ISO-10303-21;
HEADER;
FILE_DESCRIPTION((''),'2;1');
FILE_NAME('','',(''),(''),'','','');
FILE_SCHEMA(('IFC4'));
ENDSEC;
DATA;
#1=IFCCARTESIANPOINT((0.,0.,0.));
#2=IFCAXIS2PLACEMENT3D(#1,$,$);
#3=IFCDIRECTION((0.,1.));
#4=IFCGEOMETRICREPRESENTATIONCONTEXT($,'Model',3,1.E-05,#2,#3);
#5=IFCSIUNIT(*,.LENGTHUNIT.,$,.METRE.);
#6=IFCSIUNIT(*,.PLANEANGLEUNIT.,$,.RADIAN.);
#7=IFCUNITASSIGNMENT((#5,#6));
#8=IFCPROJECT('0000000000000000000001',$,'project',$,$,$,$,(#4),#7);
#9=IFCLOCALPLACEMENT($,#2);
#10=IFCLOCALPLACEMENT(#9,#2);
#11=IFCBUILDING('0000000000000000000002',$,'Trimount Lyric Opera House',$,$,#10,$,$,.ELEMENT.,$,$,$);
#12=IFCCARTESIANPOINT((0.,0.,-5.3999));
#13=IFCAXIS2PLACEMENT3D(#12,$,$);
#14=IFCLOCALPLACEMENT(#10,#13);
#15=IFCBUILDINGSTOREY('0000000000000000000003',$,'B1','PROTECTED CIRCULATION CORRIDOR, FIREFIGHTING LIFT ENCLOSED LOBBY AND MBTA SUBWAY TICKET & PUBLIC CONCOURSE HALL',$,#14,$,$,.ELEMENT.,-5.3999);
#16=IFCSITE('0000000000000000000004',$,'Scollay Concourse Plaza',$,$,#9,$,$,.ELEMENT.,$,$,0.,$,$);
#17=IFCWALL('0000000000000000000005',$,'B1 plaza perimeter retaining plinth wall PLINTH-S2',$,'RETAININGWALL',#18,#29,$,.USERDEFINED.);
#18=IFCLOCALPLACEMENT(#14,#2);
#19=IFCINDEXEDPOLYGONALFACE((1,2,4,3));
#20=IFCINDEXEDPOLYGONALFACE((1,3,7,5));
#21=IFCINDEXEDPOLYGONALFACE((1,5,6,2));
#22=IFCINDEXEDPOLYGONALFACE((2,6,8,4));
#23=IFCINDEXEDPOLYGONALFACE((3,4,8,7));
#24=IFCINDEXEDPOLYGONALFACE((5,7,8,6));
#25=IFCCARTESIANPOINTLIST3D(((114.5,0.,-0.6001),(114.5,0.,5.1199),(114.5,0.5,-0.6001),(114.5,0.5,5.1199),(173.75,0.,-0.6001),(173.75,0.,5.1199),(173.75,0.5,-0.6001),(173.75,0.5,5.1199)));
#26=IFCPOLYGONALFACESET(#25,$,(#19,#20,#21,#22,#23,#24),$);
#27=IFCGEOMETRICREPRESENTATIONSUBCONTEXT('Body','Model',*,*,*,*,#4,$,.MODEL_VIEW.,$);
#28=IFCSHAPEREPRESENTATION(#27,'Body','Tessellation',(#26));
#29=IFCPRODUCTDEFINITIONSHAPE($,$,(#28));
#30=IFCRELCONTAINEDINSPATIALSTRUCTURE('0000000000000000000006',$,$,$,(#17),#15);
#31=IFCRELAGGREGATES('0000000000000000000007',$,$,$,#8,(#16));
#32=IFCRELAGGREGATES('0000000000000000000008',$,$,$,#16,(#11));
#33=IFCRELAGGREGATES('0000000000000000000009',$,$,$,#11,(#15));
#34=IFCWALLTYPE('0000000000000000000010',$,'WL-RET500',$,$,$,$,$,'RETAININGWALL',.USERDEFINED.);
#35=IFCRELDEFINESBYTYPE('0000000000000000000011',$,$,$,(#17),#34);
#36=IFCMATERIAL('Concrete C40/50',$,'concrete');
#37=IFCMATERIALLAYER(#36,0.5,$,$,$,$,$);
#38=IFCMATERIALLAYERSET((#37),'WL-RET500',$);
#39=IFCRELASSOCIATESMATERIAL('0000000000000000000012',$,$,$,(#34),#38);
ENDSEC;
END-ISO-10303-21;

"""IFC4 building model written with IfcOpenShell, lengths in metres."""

from ifc_helpers import new_model, si_unit, direction, frame, frame_2d, origin, place, context, subcontext, project, spatial, rectangle, extrude, material, layer, layer_set, type_object, element, save


model = new_model("IFC4")

# Units and contexts
model_context = context("Model", 3, precision=1e-05, world=origin(), true_north=direction((0.0, 1.0)))
body_context = subcontext(model_context, "Body", "Model", "MODEL_VIEW")
ifc_project = project(units=[si_unit("LENGTHUNIT", "METRE"), si_unit("PLANEANGLEUNIT", "RADIAN")], contexts=[model_context])

# Site, building, storey
site_placement = place(None, origin())
site = spatial("IfcSite", under=ifc_project, at=site_placement, Name="Scollay Concourse Plaza", CompositionType="ELEMENT", RefElevation=0.0)
building_placement = place(site_placement, origin())
building = spatial("IfcBuilding", under=site, at=building_placement, Name="Trimount Lyric Opera House", CompositionType="ELEMENT")
storey_placement = place(building_placement, frame((0.0, 0.0, -5.3999)))
storey = spatial("IfcBuildingStorey", under=building, at=storey_placement, Name="B1", Description="PROTECTED CIRCULATION CORRIDOR, FIREFIGHTING LIFT ENCLOSED LOBBY AND MBTA SUBWAY TICKET & PUBLIC CONCOURSE HALL", CompositionType="ELEMENT", Elevation=-5.3999)

# Wall
ifc_material_1 = material(Name="Concrete C40/50", Category="concrete")
ifc_layer = layer(ifc_material_1, 0.5)
ifc_layer_set = layer_set([ifc_layer], Name="WL-RET500")
wall_type = type_object("IfcWallType", Name="WL-RET500", ElementType="RETAININGWALL", PredefinedType="USERDEFINED", material=ifc_layer_set)
wall_placement = place(storey_placement, frame((114.5, 0.25, -0.6001), z_axis=(0.0, 0.0, 1.0), x_axis=(1.0, 0.0, 0.0)))
element("IfcWall", 1, at=wall_placement, inside=storey, type_object=wall_type, Name="B1 plaza perimeter retaining plinth wall PLINTH-S2", ObjectType="RETAININGWALL", PredefinedType="USERDEFINED", context=body_context, shape_type="SweptSolid", body=[
    extrude(rectangle(XDim=59.25, YDim=0.5, at=frame_2d((29.625, 0.0))), origin(), (0.0, 0.0, 1.0), 5.72),
])

save(model, "model.ifc")
